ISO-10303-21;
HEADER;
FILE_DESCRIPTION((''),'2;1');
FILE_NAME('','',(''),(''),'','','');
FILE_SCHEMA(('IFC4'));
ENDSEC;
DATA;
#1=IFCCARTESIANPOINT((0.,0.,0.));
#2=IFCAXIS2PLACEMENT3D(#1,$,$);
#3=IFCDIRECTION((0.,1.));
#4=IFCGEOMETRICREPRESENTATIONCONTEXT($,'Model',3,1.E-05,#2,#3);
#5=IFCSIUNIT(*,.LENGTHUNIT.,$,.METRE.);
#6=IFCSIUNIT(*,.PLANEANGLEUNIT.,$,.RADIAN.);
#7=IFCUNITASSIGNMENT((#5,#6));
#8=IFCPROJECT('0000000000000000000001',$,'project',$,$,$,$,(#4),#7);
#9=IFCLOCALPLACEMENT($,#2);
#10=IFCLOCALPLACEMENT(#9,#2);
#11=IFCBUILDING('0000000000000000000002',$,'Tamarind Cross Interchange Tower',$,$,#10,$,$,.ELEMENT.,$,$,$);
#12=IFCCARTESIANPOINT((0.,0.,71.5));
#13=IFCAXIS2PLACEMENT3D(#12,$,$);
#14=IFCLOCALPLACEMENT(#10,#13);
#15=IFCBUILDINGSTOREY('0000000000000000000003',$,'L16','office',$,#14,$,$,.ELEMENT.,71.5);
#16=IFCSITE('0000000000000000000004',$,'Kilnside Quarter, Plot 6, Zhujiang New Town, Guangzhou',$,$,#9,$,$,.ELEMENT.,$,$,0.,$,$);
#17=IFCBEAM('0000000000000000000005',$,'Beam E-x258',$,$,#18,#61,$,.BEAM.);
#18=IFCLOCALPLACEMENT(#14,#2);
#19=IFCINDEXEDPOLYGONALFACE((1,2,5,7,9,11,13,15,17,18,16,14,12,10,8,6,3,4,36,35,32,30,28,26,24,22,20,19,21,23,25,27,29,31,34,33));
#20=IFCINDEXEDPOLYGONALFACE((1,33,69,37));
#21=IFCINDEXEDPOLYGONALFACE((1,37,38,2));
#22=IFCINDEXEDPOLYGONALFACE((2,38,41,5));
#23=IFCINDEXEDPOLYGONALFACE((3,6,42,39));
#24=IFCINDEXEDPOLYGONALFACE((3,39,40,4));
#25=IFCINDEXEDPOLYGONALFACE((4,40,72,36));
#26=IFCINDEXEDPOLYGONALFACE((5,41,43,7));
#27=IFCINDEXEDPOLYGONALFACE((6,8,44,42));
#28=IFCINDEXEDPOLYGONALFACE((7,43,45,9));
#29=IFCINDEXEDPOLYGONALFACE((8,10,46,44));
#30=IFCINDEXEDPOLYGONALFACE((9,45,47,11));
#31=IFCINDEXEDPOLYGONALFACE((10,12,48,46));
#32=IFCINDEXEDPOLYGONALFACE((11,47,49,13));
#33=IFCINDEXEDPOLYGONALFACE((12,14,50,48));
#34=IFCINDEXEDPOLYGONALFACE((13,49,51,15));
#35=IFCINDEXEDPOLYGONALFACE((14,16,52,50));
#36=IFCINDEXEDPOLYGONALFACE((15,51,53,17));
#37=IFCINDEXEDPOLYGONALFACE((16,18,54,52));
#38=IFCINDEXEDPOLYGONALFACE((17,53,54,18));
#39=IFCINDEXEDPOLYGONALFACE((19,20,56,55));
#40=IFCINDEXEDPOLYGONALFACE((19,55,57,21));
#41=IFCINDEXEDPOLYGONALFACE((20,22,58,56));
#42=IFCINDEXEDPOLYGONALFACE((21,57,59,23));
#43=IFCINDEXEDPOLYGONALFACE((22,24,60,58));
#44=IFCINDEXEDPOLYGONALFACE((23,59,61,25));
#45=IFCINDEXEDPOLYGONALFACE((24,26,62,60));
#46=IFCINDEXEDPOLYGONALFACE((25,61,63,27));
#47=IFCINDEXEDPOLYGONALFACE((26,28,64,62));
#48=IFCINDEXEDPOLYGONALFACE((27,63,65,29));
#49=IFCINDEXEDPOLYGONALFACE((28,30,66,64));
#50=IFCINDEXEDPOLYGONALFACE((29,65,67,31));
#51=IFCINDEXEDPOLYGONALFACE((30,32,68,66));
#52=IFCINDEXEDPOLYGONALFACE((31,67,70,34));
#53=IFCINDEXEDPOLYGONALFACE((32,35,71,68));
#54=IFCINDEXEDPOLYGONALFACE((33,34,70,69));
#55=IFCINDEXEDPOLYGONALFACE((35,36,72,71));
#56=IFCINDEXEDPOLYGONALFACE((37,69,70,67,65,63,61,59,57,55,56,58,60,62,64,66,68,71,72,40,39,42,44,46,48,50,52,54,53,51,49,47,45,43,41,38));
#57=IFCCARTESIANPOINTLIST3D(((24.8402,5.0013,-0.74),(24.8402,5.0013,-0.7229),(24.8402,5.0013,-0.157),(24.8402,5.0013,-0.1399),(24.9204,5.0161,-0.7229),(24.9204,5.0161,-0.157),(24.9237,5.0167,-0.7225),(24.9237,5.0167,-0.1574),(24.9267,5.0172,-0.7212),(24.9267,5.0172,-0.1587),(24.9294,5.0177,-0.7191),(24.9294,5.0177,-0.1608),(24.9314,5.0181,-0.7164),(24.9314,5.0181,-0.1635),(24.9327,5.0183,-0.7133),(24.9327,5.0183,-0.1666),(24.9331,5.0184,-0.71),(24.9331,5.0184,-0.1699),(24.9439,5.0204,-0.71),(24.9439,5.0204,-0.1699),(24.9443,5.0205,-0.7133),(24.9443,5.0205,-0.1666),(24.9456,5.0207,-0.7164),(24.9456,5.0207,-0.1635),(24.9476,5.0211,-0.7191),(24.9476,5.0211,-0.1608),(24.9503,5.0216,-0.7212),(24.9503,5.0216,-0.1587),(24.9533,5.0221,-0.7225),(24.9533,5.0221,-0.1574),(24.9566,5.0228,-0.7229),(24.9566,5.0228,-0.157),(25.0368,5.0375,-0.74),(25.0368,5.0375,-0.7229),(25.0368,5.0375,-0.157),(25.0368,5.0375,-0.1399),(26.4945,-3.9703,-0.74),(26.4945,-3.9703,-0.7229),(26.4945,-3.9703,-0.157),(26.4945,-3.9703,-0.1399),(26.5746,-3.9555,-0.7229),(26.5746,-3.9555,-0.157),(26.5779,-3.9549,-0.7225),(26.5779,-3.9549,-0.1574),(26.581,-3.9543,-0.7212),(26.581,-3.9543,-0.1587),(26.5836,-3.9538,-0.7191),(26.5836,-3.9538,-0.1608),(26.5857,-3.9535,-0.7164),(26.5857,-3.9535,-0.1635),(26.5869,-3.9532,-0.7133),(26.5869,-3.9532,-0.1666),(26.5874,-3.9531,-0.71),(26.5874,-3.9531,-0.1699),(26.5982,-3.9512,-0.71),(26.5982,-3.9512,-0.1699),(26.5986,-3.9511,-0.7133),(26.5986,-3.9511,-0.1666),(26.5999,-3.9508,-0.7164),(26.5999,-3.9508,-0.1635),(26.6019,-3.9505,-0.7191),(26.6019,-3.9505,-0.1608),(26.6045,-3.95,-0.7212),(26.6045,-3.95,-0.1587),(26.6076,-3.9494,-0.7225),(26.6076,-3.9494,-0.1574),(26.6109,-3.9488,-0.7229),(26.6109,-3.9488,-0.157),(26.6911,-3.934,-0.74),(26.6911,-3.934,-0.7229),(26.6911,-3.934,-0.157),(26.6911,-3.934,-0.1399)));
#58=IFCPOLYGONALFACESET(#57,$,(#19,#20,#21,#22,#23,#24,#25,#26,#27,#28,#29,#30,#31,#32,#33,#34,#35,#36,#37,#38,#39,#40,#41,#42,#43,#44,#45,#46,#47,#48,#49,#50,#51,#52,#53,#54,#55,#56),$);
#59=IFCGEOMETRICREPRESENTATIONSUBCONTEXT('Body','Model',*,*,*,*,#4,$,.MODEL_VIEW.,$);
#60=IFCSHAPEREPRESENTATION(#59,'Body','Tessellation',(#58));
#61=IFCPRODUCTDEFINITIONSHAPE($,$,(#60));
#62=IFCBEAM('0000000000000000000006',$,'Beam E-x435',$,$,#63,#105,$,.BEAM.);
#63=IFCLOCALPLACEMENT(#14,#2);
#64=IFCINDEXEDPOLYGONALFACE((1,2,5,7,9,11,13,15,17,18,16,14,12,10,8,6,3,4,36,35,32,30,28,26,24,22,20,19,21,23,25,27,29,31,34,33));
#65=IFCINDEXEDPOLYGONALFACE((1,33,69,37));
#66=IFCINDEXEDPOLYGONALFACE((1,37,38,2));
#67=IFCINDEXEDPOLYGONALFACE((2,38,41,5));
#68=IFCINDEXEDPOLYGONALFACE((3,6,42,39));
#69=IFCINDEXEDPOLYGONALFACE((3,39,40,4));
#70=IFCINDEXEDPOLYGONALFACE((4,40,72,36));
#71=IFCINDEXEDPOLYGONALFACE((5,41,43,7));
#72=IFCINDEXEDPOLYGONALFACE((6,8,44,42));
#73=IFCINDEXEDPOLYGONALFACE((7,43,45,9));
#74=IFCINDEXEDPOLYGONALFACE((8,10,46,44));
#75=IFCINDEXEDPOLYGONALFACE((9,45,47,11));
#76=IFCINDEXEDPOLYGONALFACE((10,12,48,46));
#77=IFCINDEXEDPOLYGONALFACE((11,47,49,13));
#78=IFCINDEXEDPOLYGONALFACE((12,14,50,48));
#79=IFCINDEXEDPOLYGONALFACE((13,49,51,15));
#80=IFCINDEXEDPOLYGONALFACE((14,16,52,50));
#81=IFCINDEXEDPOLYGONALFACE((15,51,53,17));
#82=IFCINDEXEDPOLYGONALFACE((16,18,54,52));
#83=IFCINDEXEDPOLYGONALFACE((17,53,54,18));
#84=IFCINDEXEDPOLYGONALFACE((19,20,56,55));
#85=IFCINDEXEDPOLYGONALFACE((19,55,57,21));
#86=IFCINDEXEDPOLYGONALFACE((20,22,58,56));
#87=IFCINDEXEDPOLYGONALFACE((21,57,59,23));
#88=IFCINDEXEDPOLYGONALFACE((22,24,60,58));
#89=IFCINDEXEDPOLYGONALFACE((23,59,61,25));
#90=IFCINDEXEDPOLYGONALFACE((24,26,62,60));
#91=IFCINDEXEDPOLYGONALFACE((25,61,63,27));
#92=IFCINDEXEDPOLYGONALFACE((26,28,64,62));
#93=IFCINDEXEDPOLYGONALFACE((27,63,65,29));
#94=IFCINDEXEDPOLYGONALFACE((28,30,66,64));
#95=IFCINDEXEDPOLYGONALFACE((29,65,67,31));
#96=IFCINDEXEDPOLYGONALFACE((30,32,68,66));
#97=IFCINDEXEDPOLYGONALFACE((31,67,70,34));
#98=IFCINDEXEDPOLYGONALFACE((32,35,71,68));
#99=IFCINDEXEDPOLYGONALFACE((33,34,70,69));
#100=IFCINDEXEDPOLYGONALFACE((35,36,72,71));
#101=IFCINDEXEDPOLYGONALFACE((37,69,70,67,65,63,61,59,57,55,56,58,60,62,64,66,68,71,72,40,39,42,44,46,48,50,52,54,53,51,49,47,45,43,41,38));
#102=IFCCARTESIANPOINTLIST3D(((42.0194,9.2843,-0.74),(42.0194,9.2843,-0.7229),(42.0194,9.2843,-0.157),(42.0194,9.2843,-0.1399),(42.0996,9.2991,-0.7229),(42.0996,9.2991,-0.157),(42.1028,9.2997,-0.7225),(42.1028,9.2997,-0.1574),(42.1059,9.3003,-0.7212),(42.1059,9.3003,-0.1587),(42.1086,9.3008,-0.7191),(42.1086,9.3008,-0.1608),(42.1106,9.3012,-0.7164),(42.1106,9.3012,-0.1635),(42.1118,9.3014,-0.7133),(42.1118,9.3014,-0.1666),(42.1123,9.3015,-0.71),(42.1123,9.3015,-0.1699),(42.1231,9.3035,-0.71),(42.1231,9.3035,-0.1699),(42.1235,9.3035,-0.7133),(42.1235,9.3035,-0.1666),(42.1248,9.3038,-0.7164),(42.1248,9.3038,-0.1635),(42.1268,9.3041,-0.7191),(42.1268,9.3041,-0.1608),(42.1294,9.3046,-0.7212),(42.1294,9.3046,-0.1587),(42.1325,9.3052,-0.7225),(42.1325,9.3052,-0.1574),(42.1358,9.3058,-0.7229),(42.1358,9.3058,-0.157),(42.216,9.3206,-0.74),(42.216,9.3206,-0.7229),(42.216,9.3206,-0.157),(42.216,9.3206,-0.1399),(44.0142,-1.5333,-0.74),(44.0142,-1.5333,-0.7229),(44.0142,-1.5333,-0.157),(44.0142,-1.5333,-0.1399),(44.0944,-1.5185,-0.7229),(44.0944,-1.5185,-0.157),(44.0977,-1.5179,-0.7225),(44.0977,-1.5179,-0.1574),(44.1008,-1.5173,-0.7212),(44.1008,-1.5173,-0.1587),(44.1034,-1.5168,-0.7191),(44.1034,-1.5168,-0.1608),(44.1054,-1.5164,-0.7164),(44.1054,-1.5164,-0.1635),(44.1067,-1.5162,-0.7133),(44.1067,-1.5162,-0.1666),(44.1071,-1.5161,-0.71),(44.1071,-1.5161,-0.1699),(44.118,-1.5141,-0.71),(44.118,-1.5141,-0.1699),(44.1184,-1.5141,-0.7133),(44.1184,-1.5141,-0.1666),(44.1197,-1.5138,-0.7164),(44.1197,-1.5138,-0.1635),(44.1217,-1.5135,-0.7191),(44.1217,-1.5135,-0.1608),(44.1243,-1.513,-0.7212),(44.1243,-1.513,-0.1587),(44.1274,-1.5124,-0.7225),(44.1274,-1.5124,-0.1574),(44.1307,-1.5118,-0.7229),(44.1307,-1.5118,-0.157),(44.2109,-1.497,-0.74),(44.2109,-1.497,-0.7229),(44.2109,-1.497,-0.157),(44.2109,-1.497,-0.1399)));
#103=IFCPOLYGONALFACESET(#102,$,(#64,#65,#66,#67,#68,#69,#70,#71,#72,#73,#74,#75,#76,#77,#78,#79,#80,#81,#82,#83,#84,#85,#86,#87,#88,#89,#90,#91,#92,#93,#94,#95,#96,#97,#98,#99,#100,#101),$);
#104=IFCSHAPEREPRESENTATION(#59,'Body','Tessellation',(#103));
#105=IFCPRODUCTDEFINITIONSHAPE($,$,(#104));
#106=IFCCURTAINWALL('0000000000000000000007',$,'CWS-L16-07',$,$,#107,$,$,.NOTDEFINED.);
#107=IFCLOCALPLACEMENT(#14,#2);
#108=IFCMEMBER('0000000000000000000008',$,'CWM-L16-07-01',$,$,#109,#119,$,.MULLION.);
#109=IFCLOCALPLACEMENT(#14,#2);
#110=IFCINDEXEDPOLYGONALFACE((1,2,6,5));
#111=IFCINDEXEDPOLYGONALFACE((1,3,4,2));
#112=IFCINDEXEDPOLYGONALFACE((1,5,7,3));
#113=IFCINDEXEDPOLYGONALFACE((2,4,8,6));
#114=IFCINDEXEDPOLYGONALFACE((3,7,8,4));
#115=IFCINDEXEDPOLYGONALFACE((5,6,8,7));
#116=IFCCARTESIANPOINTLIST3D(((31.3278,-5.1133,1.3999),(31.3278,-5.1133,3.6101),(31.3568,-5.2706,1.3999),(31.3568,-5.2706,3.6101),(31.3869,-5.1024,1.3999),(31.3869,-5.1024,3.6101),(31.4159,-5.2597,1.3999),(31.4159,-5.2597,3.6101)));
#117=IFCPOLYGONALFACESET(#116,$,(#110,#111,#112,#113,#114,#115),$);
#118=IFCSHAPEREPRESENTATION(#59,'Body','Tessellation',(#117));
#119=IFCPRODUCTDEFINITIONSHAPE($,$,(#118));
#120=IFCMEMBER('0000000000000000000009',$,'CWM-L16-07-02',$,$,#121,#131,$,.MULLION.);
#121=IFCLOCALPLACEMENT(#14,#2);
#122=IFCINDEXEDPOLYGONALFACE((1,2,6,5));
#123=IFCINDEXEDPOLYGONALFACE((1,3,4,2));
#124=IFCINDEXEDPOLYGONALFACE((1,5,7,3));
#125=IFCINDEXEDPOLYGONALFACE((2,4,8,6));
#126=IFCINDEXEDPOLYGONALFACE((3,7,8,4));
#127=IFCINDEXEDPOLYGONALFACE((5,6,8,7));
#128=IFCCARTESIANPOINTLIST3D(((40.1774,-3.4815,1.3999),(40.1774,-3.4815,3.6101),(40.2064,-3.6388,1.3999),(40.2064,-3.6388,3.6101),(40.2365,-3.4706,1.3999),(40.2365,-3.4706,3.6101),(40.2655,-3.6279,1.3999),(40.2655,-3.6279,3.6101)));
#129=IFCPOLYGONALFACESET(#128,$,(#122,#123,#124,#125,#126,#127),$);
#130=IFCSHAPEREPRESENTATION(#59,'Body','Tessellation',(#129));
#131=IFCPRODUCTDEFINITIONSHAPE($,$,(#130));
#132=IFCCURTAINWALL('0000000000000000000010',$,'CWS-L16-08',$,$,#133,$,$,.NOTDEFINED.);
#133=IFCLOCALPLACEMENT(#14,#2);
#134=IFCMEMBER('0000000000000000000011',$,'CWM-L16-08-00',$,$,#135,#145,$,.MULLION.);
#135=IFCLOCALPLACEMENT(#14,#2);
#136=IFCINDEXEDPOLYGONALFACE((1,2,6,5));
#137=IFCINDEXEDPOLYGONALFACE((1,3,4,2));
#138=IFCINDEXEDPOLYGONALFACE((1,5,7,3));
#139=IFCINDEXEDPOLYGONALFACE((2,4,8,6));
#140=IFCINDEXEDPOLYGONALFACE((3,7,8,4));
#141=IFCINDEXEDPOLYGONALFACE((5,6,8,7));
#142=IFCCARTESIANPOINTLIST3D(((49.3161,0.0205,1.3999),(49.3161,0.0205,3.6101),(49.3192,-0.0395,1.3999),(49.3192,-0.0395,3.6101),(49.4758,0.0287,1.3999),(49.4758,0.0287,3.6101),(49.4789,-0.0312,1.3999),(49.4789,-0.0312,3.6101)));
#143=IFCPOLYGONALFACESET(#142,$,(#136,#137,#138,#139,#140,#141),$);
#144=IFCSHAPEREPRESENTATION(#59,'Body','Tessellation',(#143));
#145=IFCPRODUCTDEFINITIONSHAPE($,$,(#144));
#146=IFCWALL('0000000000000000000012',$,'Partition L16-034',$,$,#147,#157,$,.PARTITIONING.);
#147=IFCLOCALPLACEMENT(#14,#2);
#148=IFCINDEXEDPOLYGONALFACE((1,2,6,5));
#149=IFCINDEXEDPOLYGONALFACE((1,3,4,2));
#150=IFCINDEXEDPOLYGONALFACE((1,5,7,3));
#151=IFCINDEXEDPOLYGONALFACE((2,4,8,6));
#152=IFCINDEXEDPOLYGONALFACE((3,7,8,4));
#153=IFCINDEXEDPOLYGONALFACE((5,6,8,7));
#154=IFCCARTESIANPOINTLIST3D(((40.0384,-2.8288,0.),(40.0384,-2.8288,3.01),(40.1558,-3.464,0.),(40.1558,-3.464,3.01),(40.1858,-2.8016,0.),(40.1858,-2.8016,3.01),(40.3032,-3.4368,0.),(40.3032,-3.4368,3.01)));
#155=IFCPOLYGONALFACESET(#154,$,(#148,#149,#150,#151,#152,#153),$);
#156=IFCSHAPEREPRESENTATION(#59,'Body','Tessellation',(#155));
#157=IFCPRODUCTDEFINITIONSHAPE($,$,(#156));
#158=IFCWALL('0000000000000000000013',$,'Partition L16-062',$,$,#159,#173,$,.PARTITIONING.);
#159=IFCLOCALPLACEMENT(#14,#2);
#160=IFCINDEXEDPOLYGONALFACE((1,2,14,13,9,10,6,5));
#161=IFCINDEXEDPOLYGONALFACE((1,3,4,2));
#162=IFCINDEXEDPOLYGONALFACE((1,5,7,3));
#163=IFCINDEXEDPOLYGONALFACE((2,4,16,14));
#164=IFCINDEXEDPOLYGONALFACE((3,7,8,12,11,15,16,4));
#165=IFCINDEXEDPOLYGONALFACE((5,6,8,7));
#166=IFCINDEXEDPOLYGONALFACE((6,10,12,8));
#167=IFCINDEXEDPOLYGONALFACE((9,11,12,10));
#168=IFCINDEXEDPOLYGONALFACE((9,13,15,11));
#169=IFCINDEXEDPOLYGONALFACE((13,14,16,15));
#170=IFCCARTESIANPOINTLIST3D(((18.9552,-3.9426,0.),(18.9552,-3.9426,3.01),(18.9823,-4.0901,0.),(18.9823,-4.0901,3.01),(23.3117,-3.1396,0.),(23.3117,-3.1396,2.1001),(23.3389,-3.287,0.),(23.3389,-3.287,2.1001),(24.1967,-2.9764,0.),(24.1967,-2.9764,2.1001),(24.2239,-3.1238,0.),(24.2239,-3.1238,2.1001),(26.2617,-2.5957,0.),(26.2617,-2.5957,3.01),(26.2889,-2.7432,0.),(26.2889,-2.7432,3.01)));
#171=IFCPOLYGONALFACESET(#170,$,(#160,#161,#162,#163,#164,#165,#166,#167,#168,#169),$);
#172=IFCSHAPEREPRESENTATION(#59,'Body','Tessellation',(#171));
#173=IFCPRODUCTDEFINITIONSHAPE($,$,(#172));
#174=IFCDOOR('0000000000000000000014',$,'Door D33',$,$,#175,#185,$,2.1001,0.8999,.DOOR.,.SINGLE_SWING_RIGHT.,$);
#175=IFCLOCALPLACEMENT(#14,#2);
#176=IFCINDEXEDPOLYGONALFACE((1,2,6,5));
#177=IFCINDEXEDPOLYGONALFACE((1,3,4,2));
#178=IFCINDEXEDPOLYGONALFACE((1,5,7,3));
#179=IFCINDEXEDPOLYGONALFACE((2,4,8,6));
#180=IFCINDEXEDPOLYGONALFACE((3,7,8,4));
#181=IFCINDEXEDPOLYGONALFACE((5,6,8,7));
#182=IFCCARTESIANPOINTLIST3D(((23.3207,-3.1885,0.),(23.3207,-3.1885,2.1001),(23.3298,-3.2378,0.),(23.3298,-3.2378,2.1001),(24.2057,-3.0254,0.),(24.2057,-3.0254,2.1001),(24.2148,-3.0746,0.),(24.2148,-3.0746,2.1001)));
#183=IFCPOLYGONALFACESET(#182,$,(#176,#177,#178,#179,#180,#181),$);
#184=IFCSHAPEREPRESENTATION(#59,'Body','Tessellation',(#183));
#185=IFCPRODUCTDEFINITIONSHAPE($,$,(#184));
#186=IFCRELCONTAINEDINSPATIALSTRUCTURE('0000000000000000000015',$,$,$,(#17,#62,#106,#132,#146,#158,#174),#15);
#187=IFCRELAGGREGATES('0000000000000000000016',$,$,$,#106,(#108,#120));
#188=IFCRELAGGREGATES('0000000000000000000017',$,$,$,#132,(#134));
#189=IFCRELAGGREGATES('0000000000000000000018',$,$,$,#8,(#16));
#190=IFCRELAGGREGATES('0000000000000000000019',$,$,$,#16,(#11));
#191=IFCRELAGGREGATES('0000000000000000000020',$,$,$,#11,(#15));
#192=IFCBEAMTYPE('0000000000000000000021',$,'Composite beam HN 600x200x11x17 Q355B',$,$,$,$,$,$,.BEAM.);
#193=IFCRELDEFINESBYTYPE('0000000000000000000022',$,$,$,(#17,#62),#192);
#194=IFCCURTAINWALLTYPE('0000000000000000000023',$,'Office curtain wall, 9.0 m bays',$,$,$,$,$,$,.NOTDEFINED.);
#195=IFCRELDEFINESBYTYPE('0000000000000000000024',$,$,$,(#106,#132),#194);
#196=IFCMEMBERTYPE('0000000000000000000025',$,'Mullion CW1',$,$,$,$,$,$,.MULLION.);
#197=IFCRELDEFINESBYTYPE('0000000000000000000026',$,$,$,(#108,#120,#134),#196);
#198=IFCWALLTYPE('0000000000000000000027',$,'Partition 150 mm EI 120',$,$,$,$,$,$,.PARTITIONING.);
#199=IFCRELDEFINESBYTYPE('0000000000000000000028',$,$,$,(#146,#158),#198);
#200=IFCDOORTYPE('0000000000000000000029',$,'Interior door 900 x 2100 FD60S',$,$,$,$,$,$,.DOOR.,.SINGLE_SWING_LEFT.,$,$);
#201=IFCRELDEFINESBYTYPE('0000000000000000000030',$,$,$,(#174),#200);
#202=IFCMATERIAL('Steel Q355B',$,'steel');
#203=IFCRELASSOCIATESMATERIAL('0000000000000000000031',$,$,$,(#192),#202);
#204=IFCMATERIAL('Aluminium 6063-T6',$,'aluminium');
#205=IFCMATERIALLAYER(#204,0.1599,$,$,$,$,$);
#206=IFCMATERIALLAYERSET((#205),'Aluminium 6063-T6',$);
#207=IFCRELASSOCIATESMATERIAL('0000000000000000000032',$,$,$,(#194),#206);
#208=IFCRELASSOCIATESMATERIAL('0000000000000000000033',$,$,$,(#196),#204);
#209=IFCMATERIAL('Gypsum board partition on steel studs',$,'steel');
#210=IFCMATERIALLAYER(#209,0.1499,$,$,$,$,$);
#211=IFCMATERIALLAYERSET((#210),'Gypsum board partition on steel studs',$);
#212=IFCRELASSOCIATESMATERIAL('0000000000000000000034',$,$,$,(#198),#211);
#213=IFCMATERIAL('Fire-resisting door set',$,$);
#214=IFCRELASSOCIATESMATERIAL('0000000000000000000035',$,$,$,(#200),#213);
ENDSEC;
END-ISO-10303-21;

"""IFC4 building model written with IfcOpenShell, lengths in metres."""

from ifc_helpers import new_model, si_unit, direction, frame, frame_2d, origin, origin_2d, place, context, subcontext, project, spatial, rectangle, i_section, extrude, material, layer, layer_set, material_profile, profile_set, type_object, element, fill, aggregate, save


model = new_model("IFC4")

# Units and contexts
model_context = context("Model", 3, precision=1e-05, world=origin(), true_north=direction((0.0, 1.0)))
body_context = subcontext(model_context, "Body", "Model", "MODEL_VIEW")
ifc_project = project(units=[si_unit("LENGTHUNIT", "METRE"), si_unit("PLANEANGLEUNIT", "RADIAN")], contexts=[model_context])

# Site, building, storey
site_placement = place(None, origin())
site = spatial("IfcSite", under=ifc_project, at=site_placement, Name="Kilnside Quarter, Plot 6, Zhujiang New Town, Guangzhou", CompositionType="ELEMENT", RefElevation=0.0)
building_placement = place(site_placement, origin())
building = spatial("IfcBuilding", under=site, at=building_placement, Name="Tamarind Cross Interchange Tower", CompositionType="ELEMENT")
storey_placement = place(building_placement, frame((0.0, 0.0, 71.5)))
storey = spatial("IfcBuildingStorey", under=building, at=storey_placement, Name="L16", Description="office", CompositionType="ELEMENT", Elevation=71.5)

# Beams
ifc_material_1 = material(Name="Steel Q355B", Category="steel")
ifc_material_profile_1 = material_profile(ifc_material_1, i_section(OverallWidth=0.2, OverallDepth=0.6001, WebThickness=0.011, FlangeThickness=0.0171, FilletRadius=0.0129, at=origin_2d()), Name="HN 600x200x11x17")
ifc_profile_set_1 = profile_set([ifc_material_profile_1], Name="Steel Q355B")
beam_type_1 = type_object("IfcBeamType", Name="Composite beam HN 600x200x11x17 Q355B", PredefinedType="BEAM", material=ifc_profile_set_1)
beam_1_placement = place(storey_placement, frame((26.5928, -3.9521, -0.4399), z_axis=(-0.181334, 0.983422, 0.0), x_axis=(-0.983422, -0.181334, 0.0)))
element("IfcBeam", 1, at=beam_1_placement, inside=storey, type_object=beam_type_1, Name="Beam E-x258", PredefinedType="BEAM", context=body_context, shape_type="SweptSolid", body=[
    extrude(i_section(OverallWidth=0.2, OverallDepth=0.6001, WebThickness=0.011, FlangeThickness=0.0171, FilletRadius=0.0129, at=origin_2d()), origin(), (0.0, 0.0, 1.0), 9.1228),
])
beam_2_placement = place(storey_placement, frame((44.1125, -1.5151, -0.4399), z_axis=(-0.181352, 0.983418, 0.0), x_axis=(-0.983418, -0.181352, 0.0)))
element("IfcBeam", 2, at=beam_2_placement, inside=storey, type_object=beam_type_1, Name="Beam E-x435", PredefinedType="BEAM", context=body_context, shape_type="SweptSolid", body=[
    extrude(i_section(OverallWidth=0.2, OverallDepth=0.6001, WebThickness=0.011, FlangeThickness=0.0171, FilletRadius=0.0129, at=origin_2d()), origin(), (0.0, 0.0, 1.0), 11.0),
])

# Curtain wall, members
ifc_material_2 = material(Name="Aluminium 6063-T6", Category="aluminium")
ifc_layer_1 = layer(ifc_material_2, 0.1599)
ifc_layer_set_1 = layer_set([ifc_layer_1], Name="Aluminium 6063-T6")
curtain_wall_type = type_object("IfcCurtainWallType", Name="Office curtain wall, 9.0 m bays", PredefinedType="NOTDEFINED", material=ifc_layer_set_1)
curtain_wall_1_placement = place(storey_placement, origin())
curtain_wall_1 = element("IfcCurtainWall", 3, at=curtain_wall_1_placement, inside=storey, type_object=curtain_wall_type, Name="CWS-L16-07", PredefinedType="NOTDEFINED")
ifc_material_profile_2 = material_profile(ifc_material_2, rectangle(XDim=0.0601, YDim=0.1599, at=origin_2d()), Name="Mullion CW1")
ifc_profile_set_2 = profile_set([ifc_material_profile_2], Name="Aluminium 6063-T6")
member_type = type_object("IfcMemberType", Name="Mullion CW1", PredefinedType="MULLION", material=ifc_profile_set_2)
member_1_placement = place(storey_placement, frame((31.3718, -5.1865, 1.3999), z_axis=(0.0, 0.0, 1.0), x_axis=(0.98342, 0.181343, 0.0)))
member_1 = element("IfcMember", 4, at=member_1_placement, type_object=member_type, Name="CWM-L16-07-01", PredefinedType="MULLION", context=body_context, shape_type="SweptSolid", body=[
    extrude(rectangle(XDim=0.0601, YDim=0.1599, at=origin_2d()), origin(), (0.0, 0.0, 1.0), 2.2102),
])
member_2_placement = place(storey_placement, frame((40.2214, -3.5547, 1.3999), z_axis=(0.0, 0.0, 1.0), x_axis=(0.98342, 0.181343, 0.0)))
member_2 = element("IfcMember", 5, at=member_2_placement, type_object=member_type, Name="CWM-L16-07-02", PredefinedType="MULLION", context=body_context, shape_type="SweptSolid", body=[
    extrude(rectangle(XDim=0.0601, YDim=0.1599, at=origin_2d()), origin(), (0.0, 0.0, 1.0), 2.2102),
])
aggregate(curtain_wall_1, [member_1, member_2])

# Curtain wall, member
curtain_wall_2_placement = place(storey_placement, origin())
curtain_wall_2 = element("IfcCurtainWall", 6, at=curtain_wall_2_placement, inside=storey, type_object=curtain_wall_type, Name="CWS-L16-08", PredefinedType="NOTDEFINED")
member_3_placement = place(storey_placement, frame((49.3975, -0.0054, 1.3999), z_axis=(0.0, 0.0, 1.0), x_axis=(-0.05143, 0.998677, 0.0)))
member_3 = element("IfcMember", 7, at=member_3_placement, type_object=member_type, Name="CWM-L16-08-00", PredefinedType="MULLION", context=body_context, shape_type="SweptSolid", body=[
    extrude(rectangle(XDim=0.0601, YDim=0.1599, at=origin_2d()), origin(), (0.0, 0.0, 1.0), 2.2102),
])
aggregate(curtain_wall_2, [member_3])

# Wall
ifc_material_3 = material(Name="Gypsum board partition on steel studs", Category="steel")
ifc_layer_2 = layer(ifc_material_3, 0.1499)
ifc_layer_set_2 = layer_set([ifc_layer_2], Name="Gypsum board partition on steel studs")
wall_type_1 = type_object("IfcWallType", Name="Partition 150 mm EI 120", PredefinedType="PARTITIONING", material=ifc_layer_set_2)
wall_1_placement = place(storey_placement, frame((40.1121, -2.8152, 0.0), z_axis=(0.0, 0.0, 1.0), x_axis=(0.181778, -0.98334, 0.0)))
element("IfcWall", 8, at=wall_1_placement, inside=storey, type_object=wall_type_1, Name="Partition L16-034", PredefinedType="PARTITIONING", context=body_context, shape_type="SweptSolid", body=[
    extrude(rectangle(XDim=0.646, YDim=0.1499, at=frame_2d((0.323, 0.0))), origin(), (0.0, 0.0, 1.0), 3.01),
])

# Wall, opening, door
wall_2_placement = place(storey_placement, frame((18.9688, -4.0164, 0.0), z_axis=(0.0, 0.0, 1.0), x_axis=(0.98343, 0.181288, 0.0)))
wall_2 = element("IfcWall", 9, at=wall_2_placement, inside=storey, type_object=wall_type_1, Name="Partition L16-062", PredefinedType="PARTITIONING", context=body_context, shape_type="SweptSolid", body=[
    extrude(rectangle(XDim=7.4297, YDim=0.1499, at=frame_2d((3.7148, 0.0))), origin(), (0.0, 0.0, 1.0), 3.01),
])
opening_1_placement = place(wall_2_placement, frame((4.4299, 0.0, 0.0)))
opening_1 = element("IfcOpeningElement", 10, at=opening_1_placement, cuts=wall_2, PredefinedType="OPENING", context=body_context, shape_type="SweptSolid", body=[
    extrude(rectangle(XDim=0.8999, YDim=2.1001, at=frame_2d((0.45, 1.05))), frame((0.0, 0.085, 0.0), z_axis=(0.0, -1.0, 0.0), x_axis=(1.0, 0.0, 0.0)), (0.0, 0.0, 1.0), 0.1699),
])
ifc_material_4 = material(Name="Fire-resisting door set")
door_type = type_object("IfcDoorType", Name="Interior door 900 x 2100 FD60S", OperationType="SINGLE_SWING_LEFT", PredefinedType="DOOR", material=ifc_material_4)
door_1_placement = place(opening_1_placement, frame((0.8999, 0.0, 0.0), z_axis=(0.0, 0.0, 1.0), x_axis=(-1.0, 0.0, 0.0)))
door_1 = element("IfcDoor", 11, at=door_1_placement, inside=storey, type_object=door_type, Name="Door D33", OperationType="SINGLE_SWING_RIGHT", OverallHeight=2.1001, OverallWidth=0.8999, PredefinedType="DOOR", context=body_context, shape_type="SweptSolid", body=[
    extrude(rectangle(XDim=0.8999, YDim=2.1001, at=frame_2d((0.45, 1.05))), frame((0.0, 0.0249, 0.0), z_axis=(0.0, -1.0, 0.0), x_axis=(1.0, 0.0, 0.0)), (0.0, 0.0, 1.0), 0.05),
])
fill(opening_1, door_1)

save(model, "model.ifc")
